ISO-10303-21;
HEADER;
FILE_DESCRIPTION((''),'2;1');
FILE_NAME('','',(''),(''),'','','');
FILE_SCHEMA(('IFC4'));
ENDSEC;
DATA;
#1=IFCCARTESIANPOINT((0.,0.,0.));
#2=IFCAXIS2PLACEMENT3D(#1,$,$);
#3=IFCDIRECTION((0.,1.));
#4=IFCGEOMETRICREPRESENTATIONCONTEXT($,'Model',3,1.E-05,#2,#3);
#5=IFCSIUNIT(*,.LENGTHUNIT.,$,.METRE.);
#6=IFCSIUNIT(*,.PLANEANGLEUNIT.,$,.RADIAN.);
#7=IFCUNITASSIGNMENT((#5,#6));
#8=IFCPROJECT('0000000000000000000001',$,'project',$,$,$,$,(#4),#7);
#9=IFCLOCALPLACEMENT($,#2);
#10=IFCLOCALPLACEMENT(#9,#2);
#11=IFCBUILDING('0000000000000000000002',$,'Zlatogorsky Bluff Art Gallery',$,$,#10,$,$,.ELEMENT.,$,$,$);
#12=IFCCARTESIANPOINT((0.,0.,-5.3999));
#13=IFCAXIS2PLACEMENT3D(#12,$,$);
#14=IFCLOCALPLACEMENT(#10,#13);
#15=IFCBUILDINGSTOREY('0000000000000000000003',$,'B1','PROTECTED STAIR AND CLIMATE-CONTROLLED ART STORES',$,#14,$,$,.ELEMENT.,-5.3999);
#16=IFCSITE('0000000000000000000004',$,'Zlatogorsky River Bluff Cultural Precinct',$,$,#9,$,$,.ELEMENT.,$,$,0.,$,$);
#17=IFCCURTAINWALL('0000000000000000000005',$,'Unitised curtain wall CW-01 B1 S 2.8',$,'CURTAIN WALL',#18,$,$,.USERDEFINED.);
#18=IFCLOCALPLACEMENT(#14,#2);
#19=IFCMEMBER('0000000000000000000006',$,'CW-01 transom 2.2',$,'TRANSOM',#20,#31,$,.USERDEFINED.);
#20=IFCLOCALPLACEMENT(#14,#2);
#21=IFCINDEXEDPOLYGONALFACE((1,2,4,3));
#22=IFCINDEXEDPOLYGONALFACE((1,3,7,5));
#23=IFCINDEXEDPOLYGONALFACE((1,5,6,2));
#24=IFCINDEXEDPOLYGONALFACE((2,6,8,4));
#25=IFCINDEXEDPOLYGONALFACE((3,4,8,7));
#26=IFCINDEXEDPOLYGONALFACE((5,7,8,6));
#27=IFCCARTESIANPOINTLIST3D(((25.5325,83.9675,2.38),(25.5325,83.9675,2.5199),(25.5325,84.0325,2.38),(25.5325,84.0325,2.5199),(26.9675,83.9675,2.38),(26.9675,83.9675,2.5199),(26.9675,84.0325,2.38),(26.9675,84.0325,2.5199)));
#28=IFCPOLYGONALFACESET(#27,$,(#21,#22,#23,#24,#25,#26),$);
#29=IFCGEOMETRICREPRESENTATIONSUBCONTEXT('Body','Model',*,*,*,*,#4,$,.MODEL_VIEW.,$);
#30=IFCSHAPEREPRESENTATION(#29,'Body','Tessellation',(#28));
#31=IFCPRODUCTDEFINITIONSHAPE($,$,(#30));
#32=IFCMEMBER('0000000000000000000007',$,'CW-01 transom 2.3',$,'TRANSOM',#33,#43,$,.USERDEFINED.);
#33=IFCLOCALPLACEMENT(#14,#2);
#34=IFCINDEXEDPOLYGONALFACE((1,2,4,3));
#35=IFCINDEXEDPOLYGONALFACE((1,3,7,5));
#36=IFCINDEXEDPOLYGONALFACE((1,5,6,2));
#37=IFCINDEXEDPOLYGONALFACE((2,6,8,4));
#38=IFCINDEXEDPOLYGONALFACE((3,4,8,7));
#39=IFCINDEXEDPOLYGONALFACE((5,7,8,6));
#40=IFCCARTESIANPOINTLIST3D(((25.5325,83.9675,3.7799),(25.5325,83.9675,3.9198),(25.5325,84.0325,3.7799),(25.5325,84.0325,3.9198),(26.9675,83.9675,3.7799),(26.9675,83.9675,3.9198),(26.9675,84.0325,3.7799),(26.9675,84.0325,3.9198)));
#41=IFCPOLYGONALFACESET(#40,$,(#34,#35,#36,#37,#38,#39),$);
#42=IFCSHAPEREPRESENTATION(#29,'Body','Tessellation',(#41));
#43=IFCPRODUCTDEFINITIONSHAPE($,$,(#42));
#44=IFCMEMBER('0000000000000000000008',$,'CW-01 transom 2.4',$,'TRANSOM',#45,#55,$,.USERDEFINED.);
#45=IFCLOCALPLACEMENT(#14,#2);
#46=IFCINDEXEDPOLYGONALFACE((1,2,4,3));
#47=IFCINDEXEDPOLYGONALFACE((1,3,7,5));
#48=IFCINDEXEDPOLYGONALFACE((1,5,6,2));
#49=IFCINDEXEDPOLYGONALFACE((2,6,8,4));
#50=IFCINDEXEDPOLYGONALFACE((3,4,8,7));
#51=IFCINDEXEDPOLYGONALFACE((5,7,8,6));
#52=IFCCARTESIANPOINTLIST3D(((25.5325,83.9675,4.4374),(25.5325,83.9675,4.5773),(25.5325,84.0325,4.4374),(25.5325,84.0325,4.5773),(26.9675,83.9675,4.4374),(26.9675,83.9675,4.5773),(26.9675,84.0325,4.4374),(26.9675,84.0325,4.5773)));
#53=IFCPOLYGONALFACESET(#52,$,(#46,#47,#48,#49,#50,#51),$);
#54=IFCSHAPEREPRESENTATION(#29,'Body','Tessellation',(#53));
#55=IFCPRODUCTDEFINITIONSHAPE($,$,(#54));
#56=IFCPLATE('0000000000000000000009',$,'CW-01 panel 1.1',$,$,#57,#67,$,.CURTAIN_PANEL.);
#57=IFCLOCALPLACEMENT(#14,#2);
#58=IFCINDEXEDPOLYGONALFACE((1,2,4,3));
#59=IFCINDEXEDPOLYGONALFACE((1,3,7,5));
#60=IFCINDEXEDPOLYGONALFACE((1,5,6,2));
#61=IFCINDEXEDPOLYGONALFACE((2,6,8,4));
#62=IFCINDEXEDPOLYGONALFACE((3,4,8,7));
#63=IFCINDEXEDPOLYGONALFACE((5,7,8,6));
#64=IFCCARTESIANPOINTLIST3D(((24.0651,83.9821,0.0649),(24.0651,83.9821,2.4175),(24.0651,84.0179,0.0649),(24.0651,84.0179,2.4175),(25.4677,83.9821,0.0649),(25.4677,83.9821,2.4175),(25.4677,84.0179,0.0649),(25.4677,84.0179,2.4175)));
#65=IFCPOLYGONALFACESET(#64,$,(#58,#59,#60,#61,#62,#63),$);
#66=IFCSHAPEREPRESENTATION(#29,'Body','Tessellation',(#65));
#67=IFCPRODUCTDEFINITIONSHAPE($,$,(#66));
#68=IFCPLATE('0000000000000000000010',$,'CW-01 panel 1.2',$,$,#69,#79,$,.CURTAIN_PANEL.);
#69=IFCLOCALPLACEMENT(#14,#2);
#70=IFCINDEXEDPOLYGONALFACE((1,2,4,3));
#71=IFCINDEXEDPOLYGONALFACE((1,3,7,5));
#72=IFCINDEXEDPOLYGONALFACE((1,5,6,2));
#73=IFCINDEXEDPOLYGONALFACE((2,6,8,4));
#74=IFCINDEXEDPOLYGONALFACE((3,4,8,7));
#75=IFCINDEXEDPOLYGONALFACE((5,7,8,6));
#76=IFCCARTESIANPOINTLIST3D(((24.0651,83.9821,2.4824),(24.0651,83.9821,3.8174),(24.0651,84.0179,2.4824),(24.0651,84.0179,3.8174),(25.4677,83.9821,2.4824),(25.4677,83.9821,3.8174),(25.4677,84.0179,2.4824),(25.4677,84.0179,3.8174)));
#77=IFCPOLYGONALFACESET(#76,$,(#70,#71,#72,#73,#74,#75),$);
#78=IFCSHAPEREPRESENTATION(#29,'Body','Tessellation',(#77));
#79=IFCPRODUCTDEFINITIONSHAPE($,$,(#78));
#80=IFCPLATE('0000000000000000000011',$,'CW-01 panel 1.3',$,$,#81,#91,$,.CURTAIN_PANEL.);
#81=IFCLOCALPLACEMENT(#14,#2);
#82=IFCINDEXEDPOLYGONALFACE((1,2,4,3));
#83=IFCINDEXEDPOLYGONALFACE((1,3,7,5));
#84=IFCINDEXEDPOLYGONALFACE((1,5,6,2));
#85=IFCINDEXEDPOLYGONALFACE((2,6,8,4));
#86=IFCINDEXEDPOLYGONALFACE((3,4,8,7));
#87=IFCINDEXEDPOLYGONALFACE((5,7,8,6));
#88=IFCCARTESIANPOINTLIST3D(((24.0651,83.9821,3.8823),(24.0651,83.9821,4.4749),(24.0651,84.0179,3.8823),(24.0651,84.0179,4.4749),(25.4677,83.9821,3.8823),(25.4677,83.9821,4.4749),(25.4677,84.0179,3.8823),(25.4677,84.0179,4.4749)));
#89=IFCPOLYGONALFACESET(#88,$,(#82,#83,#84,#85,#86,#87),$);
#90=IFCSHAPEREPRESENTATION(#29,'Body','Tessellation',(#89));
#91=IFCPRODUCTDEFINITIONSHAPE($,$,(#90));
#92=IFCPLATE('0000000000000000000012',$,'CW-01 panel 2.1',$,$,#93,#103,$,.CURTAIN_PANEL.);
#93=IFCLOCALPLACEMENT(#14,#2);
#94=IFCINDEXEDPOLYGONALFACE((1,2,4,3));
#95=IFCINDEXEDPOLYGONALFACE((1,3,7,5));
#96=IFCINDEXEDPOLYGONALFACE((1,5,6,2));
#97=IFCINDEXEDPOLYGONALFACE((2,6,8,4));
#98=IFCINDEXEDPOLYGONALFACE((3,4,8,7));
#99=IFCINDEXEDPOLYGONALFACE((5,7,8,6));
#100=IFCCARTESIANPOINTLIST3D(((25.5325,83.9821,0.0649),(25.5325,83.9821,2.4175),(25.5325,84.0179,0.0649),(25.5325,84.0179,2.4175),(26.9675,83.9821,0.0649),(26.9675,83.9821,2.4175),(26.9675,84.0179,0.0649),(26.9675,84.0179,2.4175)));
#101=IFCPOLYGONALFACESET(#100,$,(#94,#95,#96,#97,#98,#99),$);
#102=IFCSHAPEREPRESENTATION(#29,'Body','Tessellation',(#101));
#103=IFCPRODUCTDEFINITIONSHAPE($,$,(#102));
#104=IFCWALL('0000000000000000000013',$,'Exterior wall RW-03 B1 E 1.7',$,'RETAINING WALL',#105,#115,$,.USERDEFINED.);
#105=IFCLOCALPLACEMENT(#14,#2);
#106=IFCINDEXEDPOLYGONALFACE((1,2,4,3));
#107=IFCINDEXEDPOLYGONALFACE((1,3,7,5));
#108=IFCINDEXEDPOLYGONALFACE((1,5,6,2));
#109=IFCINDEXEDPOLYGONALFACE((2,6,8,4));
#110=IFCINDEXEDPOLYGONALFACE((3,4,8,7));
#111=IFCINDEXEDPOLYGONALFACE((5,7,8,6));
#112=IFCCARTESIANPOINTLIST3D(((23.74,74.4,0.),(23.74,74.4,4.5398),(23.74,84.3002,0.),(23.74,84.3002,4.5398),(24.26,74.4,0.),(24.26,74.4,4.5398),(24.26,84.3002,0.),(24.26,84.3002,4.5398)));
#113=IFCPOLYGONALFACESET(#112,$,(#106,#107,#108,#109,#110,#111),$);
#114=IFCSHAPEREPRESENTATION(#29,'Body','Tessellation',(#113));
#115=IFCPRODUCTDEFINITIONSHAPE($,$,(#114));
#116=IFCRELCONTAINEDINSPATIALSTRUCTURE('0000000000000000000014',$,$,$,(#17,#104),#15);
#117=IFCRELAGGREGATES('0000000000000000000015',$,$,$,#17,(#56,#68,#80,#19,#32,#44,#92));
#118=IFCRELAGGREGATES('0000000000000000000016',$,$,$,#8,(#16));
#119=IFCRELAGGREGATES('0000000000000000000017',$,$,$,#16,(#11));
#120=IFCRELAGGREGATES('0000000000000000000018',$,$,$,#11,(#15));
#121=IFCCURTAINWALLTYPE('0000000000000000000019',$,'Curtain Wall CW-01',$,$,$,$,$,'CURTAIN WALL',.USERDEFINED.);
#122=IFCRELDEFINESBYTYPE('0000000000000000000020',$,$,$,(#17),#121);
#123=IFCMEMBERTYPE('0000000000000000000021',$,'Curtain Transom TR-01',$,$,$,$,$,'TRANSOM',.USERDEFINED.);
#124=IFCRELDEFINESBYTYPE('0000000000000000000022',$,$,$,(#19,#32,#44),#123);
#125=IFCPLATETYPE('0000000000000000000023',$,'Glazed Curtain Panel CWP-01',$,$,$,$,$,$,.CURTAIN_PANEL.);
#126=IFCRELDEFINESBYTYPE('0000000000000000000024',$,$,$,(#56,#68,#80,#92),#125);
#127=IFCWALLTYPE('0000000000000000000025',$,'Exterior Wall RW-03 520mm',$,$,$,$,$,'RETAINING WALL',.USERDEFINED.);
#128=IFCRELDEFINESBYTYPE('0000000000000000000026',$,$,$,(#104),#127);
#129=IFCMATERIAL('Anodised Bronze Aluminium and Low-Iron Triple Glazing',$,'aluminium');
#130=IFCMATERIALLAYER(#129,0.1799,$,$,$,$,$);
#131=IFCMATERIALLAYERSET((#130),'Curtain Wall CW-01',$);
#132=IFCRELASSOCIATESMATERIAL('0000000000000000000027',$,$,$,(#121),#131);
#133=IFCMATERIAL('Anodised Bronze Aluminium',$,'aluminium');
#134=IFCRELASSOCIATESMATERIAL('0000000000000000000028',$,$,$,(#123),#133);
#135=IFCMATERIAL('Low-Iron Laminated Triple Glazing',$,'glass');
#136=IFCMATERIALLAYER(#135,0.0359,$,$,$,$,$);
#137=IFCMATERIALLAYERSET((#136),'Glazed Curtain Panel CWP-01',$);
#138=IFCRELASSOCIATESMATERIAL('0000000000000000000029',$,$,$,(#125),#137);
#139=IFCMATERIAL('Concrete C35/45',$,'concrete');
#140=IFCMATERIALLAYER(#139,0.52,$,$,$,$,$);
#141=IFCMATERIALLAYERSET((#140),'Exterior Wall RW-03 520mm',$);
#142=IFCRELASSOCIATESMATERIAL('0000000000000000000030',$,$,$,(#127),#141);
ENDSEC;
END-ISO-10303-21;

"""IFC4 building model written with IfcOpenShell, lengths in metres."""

from ifc_helpers import new_model, si_unit, direction, frame, frame_2d, origin, origin_2d, place, context, subcontext, project, spatial, rectangle, extrude, material, layer, layer_set, material_profile, profile_set, type_object, element, aggregate, save


model = new_model("IFC4")

# Units and contexts
model_context = context("Model", 3, precision=1e-05, world=origin(), true_north=direction((0.0, 1.0)))
body_context = subcontext(model_context, "Body", "Model", "MODEL_VIEW")
ifc_project = project(units=[si_unit("LENGTHUNIT", "METRE"), si_unit("PLANEANGLEUNIT", "RADIAN")], contexts=[model_context])

# Site, building, storey
site_placement = place(None, origin())
site = spatial("IfcSite", under=ifc_project, at=site_placement, Name="Zlatogorsky River Bluff Cultural Precinct", CompositionType="ELEMENT", RefElevation=0.0)
building_placement = place(site_placement, origin())
building = spatial("IfcBuilding", under=site, at=building_placement, Name="Zlatogorsky Bluff Art Gallery", CompositionType="ELEMENT")
storey_placement = place(building_placement, frame((0.0, 0.0, -5.3999)))
storey = spatial("IfcBuildingStorey", under=building, at=storey_placement, Name="B1", Description="PROTECTED STAIR AND CLIMATE-CONTROLLED ART STORES", CompositionType="ELEMENT", Elevation=-5.3999)

# Shared definitions
ifc_material_1 = material(Name="Concrete C35/45", Category="concrete")

# Curtain wall, members, plates
ifc_material_2 = material(Name="Anodised Bronze Aluminium and Low-Iron Triple Glazing", Category="aluminium")
ifc_layer_1 = layer(ifc_material_2, 0.1799)
ifc_layer_set_1 = layer_set([ifc_layer_1], Name="Curtain Wall CW-01")
curtain_wall_type = type_object("IfcCurtainWallType", Name="Curtain Wall CW-01", ElementType="CURTAIN WALL", PredefinedType="USERDEFINED", material=ifc_layer_set_1)
curtain_wall_placement = place(storey_placement, origin())
curtain_wall = element("IfcCurtainWall", 1, at=curtain_wall_placement, inside=storey, type_object=curtain_wall_type, Name="Unitised curtain wall CW-01 B1 S 2.8", ObjectType="CURTAIN WALL", PredefinedType="USERDEFINED")
ifc_material_3 = material(Name="Anodised Bronze Aluminium", Category="aluminium")
ifc_material_profile_1 = material_profile(ifc_material_3, rectangle(XDim=0.0649, YDim=0.1399, at=origin_2d()), Name="ALU TRANSOM 65x140")
ifc_profile_set_1 = profile_set([ifc_material_profile_1], Name="Anodised Bronze Aluminium")
member_type_1 = type_object("IfcMemberType", Name="Curtain Transom TR-01", ElementType="TRANSOM", PredefinedType="USERDEFINED", material=ifc_profile_set_1)
member_1_placement = place(storey_placement, frame((25.5325, 84.0, 2.45), z_axis=(1.0, 0.0, 0.0), x_axis=(0.0, 1.0, 0.0)))
member_1 = element("IfcMember", 2, at=member_1_placement, type_object=member_type_1, Name="CW-01 transom 2.2", ObjectType="TRANSOM", PredefinedType="USERDEFINED", context=body_context, shape_type="SweptSolid", body=[
    extrude(rectangle(XDim=0.0649, YDim=0.1399, at=origin_2d()), origin(), (0.0, 0.0, 1.0), 1.4351),
])
member_2_placement = place(storey_placement, frame((25.5325, 84.0, 3.8499), z_axis=(1.0, 0.0, 0.0), x_axis=(0.0, 1.0, 0.0)))
member_2 = element("IfcMember", 3, at=member_2_placement, type_object=member_type_1, Name="CW-01 transom 2.3", ObjectType="TRANSOM", PredefinedType="USERDEFINED", context=body_context, shape_type="SweptSolid", body=[
    extrude(rectangle(XDim=0.0649, YDim=0.1399, at=origin_2d()), origin(), (0.0, 0.0, 1.0), 1.4351),
])
member_3_placement = place(storey_placement, frame((25.5325, 84.0, 4.5073), z_axis=(1.0, 0.0, 0.0), x_axis=(0.0, 1.0, 0.0)))
member_3 = element("IfcMember", 4, at=member_3_placement, type_object=member_type_1, Name="CW-01 transom 2.4", ObjectType="TRANSOM", PredefinedType="USERDEFINED", context=body_context, shape_type="SweptSolid", body=[
    extrude(rectangle(XDim=0.0649, YDim=0.1399, at=origin_2d()), origin(), (0.0, 0.0, 1.0), 1.4351),
])
ifc_material_4 = material(Name="Low-Iron Laminated Triple Glazing", Category="glass")
ifc_layer_2 = layer(ifc_material_4, 0.0359)
ifc_layer_set_2 = layer_set([ifc_layer_2], Name="Glazed Curtain Panel CWP-01")
plate_type = type_object("IfcPlateType", Name="Glazed Curtain Panel CWP-01", PredefinedType="CURTAIN_PANEL", material=ifc_layer_set_2)
plate_1_placement = place(storey_placement, frame((24.7664, 84.0, 0.0649), z_axis=(0.0, 0.0, 1.0), x_axis=(1.0, 0.0, 0.0)))
plate_1 = element("IfcPlate", 5, at=plate_1_placement, type_object=plate_type, Name="CW-01 panel 1.1", PredefinedType="CURTAIN_PANEL", context=body_context, shape_type="SweptSolid", body=[
    extrude(rectangle(XDim=1.4026, YDim=0.0359, at=origin_2d()), origin(), (0.0, 0.0, 1.0), 2.3525),
])
plate_2_placement = place(storey_placement, frame((24.7664, 84.0, 2.4824), z_axis=(0.0, 0.0, 1.0), x_axis=(1.0, 0.0, 0.0)))
plate_2 = element("IfcPlate", 6, at=plate_2_placement, type_object=plate_type, Name="CW-01 panel 1.2", PredefinedType="CURTAIN_PANEL", context=body_context, shape_type="SweptSolid", body=[
    extrude(rectangle(XDim=1.4026, YDim=0.0359, at=origin_2d()), origin(), (0.0, 0.0, 1.0), 1.335),
])
plate_3_placement = place(storey_placement, frame((24.7664, 84.0, 3.8823), z_axis=(0.0, 0.0, 1.0), x_axis=(1.0, 0.0, 0.0)))
plate_3 = element("IfcPlate", 7, at=plate_3_placement, type_object=plate_type, Name="CW-01 panel 1.3", PredefinedType="CURTAIN_PANEL", context=body_context, shape_type="SweptSolid", body=[
    extrude(rectangle(XDim=1.4026, YDim=0.0359, at=origin_2d()), origin(), (0.0, 0.0, 1.0), 0.5925),
])
plate_4_placement = place(storey_placement, frame((26.25, 84.0, 0.0649), z_axis=(0.0, 0.0, 1.0), x_axis=(1.0, 0.0, 0.0)))
plate_4 = element("IfcPlate", 8, at=plate_4_placement, type_object=plate_type, Name="CW-01 panel 2.1", PredefinedType="CURTAIN_PANEL", context=body_context, shape_type="SweptSolid", body=[
    extrude(rectangle(XDim=1.4351, YDim=0.0359, at=origin_2d()), origin(), (0.0, 0.0, 1.0), 2.3525),
])
aggregate(curtain_wall, [plate_1, plate_2, plate_3, member_1, member_2, member_3, plate_4])

# Wall
ifc_layer_3 = layer(ifc_material_1, 0.52)
ifc_layer_set_3 = layer_set([ifc_layer_3], Name="Exterior Wall RW-03 520mm")
wall_type = type_object("IfcWallType", Name="Exterior Wall RW-03 520mm", ElementType="RETAINING WALL", PredefinedType="USERDEFINED", material=ifc_layer_set_3)
wall_placement = place(storey_placement, frame((24.0, 74.3999, 0.0), z_axis=(0.0, 0.0, 1.0), x_axis=(0.0, 1.0, 0.0)))
element("IfcWall", 9, at=wall_placement, inside=storey, type_object=wall_type, Name="Exterior wall RW-03 B1 E 1.7", ObjectType="RETAINING WALL", PredefinedType="USERDEFINED", context=body_context, shape_type="SweptSolid", body=[
    extrude(rectangle(XDim=9.9001, YDim=0.52, at=frame_2d((4.9502, 0.0))), origin(), (0.0, 0.0, 1.0), 4.5398),
])

save(model, "model.ifc")
